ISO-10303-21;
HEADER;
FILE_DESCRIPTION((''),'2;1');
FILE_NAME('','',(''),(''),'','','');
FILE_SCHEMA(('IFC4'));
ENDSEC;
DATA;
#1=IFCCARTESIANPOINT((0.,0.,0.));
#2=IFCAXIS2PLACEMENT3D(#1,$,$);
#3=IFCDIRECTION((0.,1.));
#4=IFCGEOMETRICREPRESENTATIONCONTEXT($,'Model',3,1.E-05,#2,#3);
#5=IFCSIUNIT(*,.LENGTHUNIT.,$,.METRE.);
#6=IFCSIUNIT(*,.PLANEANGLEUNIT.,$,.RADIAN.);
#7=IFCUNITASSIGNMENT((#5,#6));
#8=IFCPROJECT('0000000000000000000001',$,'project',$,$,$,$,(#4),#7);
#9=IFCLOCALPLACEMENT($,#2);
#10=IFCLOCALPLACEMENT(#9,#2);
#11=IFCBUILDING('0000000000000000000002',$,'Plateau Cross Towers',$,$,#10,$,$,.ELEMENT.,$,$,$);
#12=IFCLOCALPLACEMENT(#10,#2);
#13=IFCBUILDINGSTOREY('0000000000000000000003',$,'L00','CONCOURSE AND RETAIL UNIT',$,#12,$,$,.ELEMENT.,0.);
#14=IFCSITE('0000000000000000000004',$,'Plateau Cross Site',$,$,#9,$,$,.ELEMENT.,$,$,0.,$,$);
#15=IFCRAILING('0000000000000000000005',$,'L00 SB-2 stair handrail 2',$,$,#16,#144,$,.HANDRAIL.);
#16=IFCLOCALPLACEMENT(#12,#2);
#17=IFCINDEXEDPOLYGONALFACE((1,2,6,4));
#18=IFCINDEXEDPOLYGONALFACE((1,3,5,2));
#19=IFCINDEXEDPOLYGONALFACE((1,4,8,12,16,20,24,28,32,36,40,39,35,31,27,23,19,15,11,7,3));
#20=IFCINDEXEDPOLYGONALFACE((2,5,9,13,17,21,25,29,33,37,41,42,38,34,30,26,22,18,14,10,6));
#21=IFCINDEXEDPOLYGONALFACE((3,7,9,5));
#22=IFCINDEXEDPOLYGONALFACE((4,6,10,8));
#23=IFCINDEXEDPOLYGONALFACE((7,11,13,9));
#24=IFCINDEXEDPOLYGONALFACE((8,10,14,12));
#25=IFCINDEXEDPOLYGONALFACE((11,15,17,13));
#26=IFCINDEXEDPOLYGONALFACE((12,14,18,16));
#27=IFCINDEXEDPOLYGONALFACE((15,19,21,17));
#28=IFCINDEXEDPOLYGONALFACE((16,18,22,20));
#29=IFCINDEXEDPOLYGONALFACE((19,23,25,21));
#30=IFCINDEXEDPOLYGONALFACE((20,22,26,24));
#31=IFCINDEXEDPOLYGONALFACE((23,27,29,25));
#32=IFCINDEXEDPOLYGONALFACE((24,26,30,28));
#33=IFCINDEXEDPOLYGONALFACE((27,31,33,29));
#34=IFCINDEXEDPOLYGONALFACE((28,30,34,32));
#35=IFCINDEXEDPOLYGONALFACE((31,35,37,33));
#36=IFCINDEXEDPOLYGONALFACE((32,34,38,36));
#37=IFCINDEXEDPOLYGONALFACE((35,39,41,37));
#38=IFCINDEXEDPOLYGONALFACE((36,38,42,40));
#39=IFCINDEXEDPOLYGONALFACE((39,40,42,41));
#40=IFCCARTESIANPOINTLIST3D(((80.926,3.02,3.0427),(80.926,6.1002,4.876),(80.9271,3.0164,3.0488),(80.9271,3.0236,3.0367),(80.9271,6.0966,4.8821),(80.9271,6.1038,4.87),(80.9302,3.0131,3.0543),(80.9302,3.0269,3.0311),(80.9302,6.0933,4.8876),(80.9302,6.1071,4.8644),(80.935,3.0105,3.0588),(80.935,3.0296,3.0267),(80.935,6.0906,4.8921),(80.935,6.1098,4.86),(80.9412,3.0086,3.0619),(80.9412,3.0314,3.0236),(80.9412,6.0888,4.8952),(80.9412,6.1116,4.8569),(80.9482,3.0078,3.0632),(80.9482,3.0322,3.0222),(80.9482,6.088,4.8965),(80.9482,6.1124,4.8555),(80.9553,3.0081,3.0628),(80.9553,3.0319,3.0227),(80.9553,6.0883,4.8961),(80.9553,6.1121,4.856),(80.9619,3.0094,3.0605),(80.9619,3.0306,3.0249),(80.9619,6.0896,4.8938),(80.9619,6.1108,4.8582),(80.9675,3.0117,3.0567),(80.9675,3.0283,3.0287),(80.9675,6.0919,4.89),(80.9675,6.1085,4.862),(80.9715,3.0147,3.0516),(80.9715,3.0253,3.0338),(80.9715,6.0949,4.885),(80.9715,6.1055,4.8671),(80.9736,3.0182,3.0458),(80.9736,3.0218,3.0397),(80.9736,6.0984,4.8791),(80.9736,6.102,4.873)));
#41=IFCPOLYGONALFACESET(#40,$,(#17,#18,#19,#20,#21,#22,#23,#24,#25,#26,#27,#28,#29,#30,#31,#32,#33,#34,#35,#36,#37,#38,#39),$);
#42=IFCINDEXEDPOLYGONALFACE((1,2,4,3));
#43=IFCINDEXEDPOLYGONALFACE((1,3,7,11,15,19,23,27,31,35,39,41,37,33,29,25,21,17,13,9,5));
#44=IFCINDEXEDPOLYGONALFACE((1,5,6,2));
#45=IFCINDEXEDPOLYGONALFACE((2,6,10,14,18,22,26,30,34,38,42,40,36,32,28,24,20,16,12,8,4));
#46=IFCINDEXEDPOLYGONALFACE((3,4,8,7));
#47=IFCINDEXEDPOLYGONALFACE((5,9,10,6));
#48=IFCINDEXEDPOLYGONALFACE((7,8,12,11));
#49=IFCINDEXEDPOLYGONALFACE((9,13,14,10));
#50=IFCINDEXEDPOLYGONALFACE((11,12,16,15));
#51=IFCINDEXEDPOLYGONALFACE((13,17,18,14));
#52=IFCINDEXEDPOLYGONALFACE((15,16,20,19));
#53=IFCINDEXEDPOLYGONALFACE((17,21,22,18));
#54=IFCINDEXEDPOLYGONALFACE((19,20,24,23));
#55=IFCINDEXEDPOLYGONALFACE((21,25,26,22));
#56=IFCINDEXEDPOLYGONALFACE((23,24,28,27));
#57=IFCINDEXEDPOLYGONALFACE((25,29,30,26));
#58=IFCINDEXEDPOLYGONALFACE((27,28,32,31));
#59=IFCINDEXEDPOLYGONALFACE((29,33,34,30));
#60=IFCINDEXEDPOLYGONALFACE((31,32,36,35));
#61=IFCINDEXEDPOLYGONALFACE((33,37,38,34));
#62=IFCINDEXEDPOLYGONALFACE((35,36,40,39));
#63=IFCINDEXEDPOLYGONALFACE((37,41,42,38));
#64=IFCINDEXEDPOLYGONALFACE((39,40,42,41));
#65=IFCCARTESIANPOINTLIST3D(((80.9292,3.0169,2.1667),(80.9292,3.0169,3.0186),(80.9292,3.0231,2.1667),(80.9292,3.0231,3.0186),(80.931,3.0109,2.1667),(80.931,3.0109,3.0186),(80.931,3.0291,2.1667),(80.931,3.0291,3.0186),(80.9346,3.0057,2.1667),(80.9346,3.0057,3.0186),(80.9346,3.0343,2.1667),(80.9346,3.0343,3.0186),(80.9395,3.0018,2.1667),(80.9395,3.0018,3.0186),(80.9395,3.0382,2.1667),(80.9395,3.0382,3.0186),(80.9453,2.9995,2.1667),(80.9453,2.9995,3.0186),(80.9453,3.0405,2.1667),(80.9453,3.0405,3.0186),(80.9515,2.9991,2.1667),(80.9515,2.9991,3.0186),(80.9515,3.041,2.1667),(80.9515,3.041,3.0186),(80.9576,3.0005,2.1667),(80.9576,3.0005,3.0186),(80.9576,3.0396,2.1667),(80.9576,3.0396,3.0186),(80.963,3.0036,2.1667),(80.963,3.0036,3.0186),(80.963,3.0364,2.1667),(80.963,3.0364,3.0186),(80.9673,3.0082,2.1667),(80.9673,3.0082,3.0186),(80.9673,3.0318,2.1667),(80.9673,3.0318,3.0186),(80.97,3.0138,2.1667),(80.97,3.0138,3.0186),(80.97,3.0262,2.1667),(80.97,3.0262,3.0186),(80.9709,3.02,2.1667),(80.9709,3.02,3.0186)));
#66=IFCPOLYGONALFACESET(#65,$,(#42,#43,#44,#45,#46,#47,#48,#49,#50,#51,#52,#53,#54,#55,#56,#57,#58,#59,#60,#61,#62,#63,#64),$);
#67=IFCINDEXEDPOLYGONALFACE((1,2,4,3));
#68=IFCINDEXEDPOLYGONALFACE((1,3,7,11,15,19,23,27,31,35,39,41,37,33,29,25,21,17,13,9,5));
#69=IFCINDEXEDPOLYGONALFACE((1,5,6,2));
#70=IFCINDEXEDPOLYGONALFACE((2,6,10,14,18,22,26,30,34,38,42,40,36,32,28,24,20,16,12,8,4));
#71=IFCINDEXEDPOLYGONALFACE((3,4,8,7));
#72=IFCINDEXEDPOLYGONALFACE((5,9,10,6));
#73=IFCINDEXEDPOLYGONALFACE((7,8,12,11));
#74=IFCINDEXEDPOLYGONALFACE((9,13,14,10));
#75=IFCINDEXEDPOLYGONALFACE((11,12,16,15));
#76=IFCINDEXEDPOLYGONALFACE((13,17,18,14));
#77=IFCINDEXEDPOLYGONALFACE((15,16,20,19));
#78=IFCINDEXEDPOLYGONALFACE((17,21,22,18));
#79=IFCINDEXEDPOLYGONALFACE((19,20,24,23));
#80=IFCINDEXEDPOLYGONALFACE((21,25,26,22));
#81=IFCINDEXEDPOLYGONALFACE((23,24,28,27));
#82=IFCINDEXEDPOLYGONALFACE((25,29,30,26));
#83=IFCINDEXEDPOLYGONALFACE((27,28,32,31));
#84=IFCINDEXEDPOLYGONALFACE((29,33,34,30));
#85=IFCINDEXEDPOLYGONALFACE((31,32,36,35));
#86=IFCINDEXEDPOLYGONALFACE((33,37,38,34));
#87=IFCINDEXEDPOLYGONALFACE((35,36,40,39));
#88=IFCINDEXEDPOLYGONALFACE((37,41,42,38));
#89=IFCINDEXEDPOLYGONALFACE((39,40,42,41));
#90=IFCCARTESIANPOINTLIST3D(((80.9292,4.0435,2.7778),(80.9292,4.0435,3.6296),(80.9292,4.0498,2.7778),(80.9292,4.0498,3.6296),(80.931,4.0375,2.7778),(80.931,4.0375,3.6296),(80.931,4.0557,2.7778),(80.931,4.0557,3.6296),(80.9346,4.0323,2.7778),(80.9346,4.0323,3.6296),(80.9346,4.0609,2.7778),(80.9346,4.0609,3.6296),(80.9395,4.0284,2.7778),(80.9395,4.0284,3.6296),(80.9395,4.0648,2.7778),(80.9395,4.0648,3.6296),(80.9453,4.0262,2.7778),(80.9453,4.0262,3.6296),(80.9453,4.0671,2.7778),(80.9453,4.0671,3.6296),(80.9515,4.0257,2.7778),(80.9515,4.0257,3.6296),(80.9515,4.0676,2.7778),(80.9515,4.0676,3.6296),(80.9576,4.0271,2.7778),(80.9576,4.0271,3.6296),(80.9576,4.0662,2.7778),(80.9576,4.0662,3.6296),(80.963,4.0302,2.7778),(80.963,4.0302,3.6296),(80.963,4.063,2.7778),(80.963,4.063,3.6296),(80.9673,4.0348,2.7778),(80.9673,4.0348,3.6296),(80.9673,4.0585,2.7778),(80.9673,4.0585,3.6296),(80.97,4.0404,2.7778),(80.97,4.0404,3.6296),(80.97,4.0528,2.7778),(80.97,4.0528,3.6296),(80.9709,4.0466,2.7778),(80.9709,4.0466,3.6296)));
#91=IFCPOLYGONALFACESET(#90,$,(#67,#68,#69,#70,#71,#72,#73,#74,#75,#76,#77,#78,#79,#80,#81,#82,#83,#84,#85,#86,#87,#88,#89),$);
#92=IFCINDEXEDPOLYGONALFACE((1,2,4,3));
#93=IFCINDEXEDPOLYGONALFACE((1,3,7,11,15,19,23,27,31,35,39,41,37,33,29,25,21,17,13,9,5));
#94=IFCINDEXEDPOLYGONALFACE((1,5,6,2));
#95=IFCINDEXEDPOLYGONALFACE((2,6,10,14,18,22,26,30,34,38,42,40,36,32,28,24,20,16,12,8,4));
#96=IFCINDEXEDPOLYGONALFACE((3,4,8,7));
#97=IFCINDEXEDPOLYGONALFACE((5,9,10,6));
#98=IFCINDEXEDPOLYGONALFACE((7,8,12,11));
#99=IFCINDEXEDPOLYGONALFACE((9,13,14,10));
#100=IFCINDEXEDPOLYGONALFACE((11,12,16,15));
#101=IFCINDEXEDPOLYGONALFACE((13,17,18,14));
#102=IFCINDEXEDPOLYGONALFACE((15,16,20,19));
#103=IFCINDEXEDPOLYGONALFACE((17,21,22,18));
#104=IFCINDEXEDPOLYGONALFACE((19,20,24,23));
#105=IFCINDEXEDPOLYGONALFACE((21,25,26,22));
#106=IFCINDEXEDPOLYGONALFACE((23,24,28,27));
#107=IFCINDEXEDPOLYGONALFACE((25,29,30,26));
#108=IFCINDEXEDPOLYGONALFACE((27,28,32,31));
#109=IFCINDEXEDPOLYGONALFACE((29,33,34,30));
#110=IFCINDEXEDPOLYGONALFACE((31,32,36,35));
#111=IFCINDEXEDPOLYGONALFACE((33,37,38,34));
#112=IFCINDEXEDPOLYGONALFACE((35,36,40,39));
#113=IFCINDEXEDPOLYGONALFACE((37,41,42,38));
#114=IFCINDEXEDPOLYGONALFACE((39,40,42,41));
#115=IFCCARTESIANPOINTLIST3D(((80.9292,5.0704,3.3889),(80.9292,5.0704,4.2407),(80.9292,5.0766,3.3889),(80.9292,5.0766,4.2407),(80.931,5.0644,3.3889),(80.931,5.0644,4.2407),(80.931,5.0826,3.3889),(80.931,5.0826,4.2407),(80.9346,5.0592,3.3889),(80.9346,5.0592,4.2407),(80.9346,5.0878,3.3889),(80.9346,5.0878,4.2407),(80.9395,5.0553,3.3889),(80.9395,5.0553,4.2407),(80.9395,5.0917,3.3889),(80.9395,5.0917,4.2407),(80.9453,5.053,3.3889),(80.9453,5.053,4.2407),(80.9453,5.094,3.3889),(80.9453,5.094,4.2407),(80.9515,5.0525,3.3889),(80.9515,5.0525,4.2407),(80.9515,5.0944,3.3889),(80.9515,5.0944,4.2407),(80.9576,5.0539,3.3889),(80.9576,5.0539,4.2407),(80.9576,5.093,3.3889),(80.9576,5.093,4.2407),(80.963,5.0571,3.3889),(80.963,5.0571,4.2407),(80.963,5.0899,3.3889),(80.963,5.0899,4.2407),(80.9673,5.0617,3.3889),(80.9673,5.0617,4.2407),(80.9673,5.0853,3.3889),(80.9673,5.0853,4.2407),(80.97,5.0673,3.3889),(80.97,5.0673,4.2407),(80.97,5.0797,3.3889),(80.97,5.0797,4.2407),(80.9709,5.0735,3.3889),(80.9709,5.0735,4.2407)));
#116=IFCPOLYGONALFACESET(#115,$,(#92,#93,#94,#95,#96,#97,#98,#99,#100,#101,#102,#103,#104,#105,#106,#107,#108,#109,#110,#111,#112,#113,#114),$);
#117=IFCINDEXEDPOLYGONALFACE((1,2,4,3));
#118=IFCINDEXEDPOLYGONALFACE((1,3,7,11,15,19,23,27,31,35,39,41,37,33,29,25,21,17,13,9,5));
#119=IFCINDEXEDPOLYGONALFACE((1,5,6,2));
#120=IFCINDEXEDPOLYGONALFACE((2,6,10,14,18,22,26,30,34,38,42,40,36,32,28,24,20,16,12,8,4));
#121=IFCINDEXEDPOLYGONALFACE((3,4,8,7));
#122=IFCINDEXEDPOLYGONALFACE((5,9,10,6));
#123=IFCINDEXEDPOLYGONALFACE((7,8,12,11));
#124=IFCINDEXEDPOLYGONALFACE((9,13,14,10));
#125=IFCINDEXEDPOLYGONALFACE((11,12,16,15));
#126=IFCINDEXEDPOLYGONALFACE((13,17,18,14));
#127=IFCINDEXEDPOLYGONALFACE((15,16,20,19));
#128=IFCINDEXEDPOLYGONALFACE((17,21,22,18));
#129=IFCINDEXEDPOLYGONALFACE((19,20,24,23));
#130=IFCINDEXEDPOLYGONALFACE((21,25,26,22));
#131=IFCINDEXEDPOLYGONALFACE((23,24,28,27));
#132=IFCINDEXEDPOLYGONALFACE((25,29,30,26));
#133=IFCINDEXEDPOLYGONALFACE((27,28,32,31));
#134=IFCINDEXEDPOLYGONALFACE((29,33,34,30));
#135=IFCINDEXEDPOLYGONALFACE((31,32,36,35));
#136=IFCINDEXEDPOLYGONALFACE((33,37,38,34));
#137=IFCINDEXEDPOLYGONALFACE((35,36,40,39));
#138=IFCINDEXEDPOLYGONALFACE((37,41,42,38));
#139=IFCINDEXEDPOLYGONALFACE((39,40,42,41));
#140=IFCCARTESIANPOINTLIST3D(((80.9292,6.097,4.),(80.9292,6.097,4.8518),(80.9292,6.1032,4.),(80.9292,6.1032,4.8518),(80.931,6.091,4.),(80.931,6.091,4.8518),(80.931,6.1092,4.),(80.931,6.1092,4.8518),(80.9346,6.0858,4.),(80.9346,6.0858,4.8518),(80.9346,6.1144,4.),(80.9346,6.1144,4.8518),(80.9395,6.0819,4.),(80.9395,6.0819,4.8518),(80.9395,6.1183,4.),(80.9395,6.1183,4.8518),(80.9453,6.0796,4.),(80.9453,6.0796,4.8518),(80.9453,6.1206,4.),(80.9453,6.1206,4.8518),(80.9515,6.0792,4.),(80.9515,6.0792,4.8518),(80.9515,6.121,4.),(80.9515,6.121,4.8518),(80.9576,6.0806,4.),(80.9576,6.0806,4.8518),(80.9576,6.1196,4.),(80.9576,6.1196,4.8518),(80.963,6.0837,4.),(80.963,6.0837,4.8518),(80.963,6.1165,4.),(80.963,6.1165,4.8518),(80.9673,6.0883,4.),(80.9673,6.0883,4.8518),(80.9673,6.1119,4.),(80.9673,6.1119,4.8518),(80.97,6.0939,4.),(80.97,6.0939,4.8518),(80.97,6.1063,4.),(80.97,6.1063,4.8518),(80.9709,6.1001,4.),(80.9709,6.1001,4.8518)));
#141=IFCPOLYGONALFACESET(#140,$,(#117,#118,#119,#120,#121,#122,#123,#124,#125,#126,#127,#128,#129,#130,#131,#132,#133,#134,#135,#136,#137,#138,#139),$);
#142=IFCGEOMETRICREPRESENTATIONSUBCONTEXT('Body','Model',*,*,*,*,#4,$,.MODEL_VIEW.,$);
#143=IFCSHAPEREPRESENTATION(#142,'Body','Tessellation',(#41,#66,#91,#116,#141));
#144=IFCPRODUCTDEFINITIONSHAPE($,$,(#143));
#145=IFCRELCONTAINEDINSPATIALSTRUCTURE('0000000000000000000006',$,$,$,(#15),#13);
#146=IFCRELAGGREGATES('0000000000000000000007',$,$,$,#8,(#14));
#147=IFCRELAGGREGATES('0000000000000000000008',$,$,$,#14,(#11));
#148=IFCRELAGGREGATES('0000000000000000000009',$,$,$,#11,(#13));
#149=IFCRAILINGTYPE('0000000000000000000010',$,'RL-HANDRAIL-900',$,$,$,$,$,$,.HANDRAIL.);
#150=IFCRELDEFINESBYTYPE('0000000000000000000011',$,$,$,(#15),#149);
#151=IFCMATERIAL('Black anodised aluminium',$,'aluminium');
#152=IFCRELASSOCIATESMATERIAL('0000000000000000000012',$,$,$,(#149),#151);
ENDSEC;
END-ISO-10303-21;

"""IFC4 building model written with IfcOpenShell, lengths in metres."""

from ifc_helpers import new_model, si_unit, direction, frame, origin, origin_2d, place, context, subcontext, project, spatial, circle, extrude, material, type_object, element, save


model = new_model("IFC4")

# Units and contexts
model_context = context("Model", 3, precision=1e-05, world=origin(), true_north=direction((0.0, 1.0)))
body_context = subcontext(model_context, "Body", "Model", "MODEL_VIEW")
ifc_project = project(units=[si_unit("LENGTHUNIT", "METRE"), si_unit("PLANEANGLEUNIT", "RADIAN")], contexts=[model_context])

# Site, building, storey
site_placement = place(None, origin())
site = spatial("IfcSite", under=ifc_project, at=site_placement, Name="Plateau Cross Site", CompositionType="ELEMENT", RefElevation=0.0)
building_placement = place(site_placement, origin())
building = spatial("IfcBuilding", under=site, at=building_placement, Name="Plateau Cross Towers", CompositionType="ELEMENT")
storey_placement = place(building_placement, origin())
storey = spatial("IfcBuildingStorey", under=building, at=storey_placement, Name="L00", Description="CONCOURSE AND RETAIL UNIT", CompositionType="ELEMENT", Elevation=0.0)

# Railing
ifc_material_1 = material(Name="Black anodised aluminium", Category="aluminium")
railing_type_1 = type_object("IfcRailingType", Name="RL-HANDRAIL-900", PredefinedType="HANDRAIL", material=ifc_material_1)
for number, where, name in (
    (1, (80.95, 3.02, 2.1667), "L00 SB-2 stair handrail 2"),
):
    element("IfcRailing", number, at=place(storey_placement, frame(where)), inside=storey, type_object=railing_type_1, Name=name, PredefinedType="HANDRAIL", context=body_context, shape_type="SweptSolid", body=[
        extrude(circle(Radius=0.0239, at=origin_2d()), frame((0.0, 0.0, 0.876), z_axis=(0.0, 0.859309, 0.511458), x_axis=(-1.0, 0.0, 0.0)), (0.0, 0.0, 1.0), 3.5845),
        extrude(circle(Radius=0.021, at=origin_2d()), origin(), (0.0, 0.0, 1.0), 0.8518),
        extrude(circle(Radius=0.021, at=origin_2d()), frame((0.0, 1.0266, 0.6111)), (0.0, 0.0, 1.0), 0.8518),
        extrude(circle(Radius=0.021, at=origin_2d()), frame((0.0, 2.0535, 1.2222)), (0.0, 0.0, 1.0), 0.8518),
        extrude(circle(Radius=0.021, at=origin_2d()), frame((0.0, 3.0801, 1.8333)), (0.0, 0.0, 1.0), 0.8518),
    ])

save(model, "model.ifc")
